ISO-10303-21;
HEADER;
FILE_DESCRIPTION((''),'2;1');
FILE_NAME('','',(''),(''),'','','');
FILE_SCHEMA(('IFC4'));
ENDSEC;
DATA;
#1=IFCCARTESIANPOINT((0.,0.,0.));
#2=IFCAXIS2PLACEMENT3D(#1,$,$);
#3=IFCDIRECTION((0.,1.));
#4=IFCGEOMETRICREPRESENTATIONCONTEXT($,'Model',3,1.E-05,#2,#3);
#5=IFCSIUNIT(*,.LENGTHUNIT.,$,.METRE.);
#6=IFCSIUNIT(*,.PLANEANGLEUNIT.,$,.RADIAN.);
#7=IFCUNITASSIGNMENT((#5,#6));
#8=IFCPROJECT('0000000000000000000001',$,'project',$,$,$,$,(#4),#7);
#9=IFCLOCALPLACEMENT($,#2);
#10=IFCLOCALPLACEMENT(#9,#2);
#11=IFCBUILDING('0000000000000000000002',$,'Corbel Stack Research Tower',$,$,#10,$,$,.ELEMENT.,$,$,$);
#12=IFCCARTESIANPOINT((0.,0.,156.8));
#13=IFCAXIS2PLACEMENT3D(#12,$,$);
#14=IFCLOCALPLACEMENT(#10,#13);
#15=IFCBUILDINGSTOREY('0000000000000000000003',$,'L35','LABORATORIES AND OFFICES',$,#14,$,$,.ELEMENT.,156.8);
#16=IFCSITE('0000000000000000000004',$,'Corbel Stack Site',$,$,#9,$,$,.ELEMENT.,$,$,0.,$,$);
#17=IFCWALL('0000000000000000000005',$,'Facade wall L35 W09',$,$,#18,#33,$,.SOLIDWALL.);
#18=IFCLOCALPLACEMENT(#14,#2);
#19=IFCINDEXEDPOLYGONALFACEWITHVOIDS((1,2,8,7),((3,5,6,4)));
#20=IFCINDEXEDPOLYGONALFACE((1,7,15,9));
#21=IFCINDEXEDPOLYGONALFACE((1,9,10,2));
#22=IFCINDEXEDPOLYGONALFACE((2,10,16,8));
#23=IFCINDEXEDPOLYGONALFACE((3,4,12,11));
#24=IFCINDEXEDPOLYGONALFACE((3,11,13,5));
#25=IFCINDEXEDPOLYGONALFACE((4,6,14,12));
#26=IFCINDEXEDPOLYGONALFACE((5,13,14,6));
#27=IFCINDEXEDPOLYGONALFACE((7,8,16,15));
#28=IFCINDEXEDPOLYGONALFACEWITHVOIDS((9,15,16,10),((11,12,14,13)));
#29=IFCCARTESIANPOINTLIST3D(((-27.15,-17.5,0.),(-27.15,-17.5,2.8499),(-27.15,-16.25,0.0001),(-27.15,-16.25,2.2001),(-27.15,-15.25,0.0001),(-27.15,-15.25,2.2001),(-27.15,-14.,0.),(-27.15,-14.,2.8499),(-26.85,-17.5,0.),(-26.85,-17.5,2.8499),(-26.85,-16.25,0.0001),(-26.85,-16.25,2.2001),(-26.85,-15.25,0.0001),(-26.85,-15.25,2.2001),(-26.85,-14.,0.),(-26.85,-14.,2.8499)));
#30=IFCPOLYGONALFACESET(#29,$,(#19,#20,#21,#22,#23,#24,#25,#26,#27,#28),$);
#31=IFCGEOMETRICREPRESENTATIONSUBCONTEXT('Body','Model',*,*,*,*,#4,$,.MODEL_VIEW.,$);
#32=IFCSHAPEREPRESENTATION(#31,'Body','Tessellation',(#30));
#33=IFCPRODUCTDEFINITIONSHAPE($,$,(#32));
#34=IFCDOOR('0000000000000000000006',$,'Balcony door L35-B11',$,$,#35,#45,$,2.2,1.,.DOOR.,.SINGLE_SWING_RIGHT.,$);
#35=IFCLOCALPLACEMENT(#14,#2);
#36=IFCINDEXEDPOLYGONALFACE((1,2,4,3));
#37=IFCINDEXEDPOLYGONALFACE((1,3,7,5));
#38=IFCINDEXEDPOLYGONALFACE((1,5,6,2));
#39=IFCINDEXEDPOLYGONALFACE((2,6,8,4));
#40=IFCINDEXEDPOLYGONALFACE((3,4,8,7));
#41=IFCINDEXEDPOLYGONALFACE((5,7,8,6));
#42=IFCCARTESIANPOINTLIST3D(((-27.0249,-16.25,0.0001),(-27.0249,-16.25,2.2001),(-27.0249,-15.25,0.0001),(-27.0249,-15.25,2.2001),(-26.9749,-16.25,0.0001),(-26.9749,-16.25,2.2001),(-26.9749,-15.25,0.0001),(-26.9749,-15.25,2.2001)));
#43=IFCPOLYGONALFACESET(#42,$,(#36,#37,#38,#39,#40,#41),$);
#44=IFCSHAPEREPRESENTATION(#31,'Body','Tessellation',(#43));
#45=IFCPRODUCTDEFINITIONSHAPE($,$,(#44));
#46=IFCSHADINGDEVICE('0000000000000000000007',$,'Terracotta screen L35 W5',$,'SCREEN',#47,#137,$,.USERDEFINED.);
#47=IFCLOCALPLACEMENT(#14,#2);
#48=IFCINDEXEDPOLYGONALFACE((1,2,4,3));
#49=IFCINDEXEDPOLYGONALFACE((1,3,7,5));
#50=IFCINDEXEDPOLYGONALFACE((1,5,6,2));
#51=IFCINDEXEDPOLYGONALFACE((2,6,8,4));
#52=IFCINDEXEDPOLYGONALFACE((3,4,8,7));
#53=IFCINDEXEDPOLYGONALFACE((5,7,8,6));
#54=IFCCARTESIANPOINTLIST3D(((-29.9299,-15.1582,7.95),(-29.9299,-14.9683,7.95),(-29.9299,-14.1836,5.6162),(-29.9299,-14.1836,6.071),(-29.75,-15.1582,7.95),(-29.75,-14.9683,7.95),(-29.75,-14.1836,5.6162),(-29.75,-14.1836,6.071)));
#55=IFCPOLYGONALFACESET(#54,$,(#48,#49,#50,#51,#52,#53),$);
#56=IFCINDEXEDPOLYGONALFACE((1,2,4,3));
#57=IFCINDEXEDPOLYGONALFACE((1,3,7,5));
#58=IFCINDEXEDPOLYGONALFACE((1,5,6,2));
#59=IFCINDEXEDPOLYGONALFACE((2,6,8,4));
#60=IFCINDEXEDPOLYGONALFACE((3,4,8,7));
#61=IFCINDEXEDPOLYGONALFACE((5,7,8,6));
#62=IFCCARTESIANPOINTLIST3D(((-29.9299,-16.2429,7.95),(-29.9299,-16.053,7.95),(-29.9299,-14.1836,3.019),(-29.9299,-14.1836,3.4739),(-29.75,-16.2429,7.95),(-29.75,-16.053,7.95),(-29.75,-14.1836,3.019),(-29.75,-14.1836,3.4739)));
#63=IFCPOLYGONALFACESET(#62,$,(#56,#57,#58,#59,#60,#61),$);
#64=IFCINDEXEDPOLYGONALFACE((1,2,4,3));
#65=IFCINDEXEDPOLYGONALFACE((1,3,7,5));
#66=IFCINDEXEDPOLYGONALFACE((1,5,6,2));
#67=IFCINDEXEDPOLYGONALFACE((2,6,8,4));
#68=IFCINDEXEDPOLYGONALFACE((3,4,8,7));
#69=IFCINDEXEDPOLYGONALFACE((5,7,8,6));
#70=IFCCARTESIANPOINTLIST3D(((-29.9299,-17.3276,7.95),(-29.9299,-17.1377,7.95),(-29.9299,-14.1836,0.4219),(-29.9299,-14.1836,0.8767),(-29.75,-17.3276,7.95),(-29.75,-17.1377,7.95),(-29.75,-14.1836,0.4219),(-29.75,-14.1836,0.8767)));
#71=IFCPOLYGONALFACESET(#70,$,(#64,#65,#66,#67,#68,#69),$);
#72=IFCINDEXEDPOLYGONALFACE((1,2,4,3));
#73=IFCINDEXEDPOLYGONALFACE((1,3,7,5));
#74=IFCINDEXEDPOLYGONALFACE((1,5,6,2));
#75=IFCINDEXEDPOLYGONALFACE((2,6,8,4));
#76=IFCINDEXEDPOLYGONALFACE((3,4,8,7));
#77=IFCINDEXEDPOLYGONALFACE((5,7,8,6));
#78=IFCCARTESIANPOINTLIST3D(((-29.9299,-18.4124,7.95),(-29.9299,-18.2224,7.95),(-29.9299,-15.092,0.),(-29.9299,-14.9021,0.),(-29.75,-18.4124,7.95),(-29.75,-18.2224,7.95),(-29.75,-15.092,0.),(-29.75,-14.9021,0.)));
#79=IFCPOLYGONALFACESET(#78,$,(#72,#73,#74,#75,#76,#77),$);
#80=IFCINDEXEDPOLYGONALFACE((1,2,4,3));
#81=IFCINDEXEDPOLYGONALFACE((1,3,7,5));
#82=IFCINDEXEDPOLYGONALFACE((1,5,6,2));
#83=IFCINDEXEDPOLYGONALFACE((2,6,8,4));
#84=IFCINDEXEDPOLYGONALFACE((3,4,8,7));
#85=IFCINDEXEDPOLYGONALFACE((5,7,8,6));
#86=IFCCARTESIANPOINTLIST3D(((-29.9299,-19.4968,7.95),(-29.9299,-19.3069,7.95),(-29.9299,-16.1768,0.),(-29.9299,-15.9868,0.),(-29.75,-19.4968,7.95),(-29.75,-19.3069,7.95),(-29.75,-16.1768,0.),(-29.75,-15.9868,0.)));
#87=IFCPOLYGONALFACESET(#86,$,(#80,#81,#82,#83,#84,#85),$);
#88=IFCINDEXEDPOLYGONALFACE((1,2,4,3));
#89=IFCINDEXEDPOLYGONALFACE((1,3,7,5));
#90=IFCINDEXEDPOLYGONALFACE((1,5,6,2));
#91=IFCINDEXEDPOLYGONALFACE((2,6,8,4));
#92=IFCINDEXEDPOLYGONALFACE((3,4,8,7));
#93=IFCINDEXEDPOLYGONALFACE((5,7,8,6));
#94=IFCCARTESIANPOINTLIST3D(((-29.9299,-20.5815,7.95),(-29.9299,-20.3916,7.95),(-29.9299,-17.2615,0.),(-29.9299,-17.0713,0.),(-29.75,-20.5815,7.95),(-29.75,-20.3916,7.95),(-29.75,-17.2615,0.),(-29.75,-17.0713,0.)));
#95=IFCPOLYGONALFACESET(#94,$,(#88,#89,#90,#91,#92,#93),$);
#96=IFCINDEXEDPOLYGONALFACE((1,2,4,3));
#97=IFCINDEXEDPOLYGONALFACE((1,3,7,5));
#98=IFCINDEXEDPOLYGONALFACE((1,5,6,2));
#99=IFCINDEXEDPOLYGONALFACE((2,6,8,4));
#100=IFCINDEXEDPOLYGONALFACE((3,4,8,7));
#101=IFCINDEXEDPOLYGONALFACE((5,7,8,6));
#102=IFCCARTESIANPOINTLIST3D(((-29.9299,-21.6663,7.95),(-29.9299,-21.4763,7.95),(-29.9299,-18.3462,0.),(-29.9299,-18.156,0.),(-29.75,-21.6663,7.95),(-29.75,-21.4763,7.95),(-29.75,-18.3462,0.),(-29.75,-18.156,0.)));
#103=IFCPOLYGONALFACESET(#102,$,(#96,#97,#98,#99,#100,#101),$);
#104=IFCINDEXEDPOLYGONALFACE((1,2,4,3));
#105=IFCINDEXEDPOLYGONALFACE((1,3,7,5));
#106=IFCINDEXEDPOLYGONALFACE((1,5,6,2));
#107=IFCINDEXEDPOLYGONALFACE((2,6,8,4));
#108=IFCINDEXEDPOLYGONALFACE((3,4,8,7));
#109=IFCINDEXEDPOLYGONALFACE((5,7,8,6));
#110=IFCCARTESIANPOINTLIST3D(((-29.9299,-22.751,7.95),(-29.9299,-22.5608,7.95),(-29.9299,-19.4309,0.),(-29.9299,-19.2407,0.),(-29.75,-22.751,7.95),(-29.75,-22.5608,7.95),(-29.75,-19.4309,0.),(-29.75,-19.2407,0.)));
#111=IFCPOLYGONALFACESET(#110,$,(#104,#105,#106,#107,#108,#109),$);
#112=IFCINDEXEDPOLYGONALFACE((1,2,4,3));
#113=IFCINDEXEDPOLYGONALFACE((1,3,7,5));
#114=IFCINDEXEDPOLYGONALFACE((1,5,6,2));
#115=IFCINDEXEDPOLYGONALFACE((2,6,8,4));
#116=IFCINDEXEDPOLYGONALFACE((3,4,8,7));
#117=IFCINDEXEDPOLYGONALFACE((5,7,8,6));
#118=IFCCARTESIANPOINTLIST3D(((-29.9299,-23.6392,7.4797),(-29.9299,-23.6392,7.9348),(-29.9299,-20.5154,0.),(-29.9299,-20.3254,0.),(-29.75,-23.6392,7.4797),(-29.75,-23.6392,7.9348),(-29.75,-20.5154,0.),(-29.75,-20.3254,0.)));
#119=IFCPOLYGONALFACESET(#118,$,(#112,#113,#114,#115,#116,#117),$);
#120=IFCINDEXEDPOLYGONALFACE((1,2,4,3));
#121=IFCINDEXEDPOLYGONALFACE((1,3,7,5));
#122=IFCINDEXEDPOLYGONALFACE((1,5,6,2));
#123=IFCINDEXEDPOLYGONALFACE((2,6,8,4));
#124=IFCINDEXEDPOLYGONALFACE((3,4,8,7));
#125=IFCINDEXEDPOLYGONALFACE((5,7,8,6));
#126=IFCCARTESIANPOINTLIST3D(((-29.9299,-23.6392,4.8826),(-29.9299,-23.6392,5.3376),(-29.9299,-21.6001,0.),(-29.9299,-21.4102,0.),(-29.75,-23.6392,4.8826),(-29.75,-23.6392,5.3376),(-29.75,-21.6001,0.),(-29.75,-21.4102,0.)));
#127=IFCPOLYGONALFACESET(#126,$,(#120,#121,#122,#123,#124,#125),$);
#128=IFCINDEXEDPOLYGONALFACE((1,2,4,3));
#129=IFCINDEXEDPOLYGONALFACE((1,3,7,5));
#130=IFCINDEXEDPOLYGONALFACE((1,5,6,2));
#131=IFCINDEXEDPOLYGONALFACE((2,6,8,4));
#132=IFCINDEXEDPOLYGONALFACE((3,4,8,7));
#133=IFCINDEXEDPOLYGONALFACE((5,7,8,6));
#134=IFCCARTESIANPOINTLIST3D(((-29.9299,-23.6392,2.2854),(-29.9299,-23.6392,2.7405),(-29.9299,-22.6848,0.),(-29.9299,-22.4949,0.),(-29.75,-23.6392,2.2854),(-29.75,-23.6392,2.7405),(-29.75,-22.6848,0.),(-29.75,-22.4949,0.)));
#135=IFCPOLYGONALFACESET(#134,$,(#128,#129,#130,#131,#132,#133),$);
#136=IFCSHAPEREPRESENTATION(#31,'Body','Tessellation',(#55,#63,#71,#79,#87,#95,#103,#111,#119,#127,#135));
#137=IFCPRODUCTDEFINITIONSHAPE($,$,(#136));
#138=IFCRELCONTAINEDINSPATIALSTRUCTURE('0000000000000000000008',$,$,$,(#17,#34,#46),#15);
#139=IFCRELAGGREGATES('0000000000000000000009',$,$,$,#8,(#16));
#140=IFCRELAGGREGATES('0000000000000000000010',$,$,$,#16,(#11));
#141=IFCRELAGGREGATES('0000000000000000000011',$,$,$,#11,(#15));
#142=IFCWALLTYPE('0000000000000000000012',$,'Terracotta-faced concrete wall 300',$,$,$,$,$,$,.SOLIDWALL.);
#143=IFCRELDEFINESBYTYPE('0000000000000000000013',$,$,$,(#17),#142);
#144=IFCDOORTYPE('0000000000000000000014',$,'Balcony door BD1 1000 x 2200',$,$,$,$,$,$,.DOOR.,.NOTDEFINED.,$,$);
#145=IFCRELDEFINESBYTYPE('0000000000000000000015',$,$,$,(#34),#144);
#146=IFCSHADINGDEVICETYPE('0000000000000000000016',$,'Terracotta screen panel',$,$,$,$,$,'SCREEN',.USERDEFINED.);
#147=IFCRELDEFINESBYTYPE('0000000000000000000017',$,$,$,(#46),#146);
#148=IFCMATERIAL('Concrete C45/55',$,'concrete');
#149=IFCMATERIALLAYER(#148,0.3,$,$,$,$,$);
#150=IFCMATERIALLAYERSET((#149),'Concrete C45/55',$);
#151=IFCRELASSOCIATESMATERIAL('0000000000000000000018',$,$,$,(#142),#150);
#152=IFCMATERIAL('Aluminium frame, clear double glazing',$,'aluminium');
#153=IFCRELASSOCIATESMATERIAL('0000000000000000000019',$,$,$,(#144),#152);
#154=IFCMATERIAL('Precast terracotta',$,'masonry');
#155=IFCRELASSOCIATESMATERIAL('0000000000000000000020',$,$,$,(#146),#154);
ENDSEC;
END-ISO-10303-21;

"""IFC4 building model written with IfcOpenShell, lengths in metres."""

from ifc_helpers import new_model, si_unit, direction, frame, frame_2d, origin, place, context, subcontext, project, spatial, polyline, rectangle, outline, extrude, source, transform, mapped, material, layer, layer_set, type_object, element, fill, save


model = new_model("IFC4")

# Units and contexts
model_context = context("Model", 3, precision=1e-05, world=origin(), true_north=direction((0.0, 1.0)))
body_context = subcontext(model_context, "Body", "Model", "MODEL_VIEW")
ifc_project = project(units=[si_unit("LENGTHUNIT", "METRE"), si_unit("PLANEANGLEUNIT", "RADIAN")], contexts=[model_context])

# Site, building, storey
site_placement = place(None, origin())
site = spatial("IfcSite", under=ifc_project, at=site_placement, Name="Corbel Stack Site", CompositionType="ELEMENT", RefElevation=0.0)
building_placement = place(site_placement, origin())
building = spatial("IfcBuilding", under=site, at=building_placement, Name="Corbel Stack Research Tower", CompositionType="ELEMENT")
storey_placement = place(building_placement, frame((0.0, 0.0, 156.8)))
storey = spatial("IfcBuildingStorey", under=building, at=storey_placement, Name="L35", Description="LABORATORIES AND OFFICES", CompositionType="ELEMENT", Elevation=156.8)

# Shared definitions
ifc_material_1 = material(Name="Concrete C45/55", Category="concrete")
ifc_layer_1 = layer(ifc_material_1, 0.3)
ifc_layer_set_1 = layer_set([ifc_layer_1], Name="Concrete C45/55")
wall_type_1 = type_object("IfcWallType", Name="Terracotta-faced concrete wall 300", PredefinedType="SOLIDWALL", material=ifc_layer_set_1)

# Wall, opening, door
wall_1_placement = place(storey_placement, frame((-27.0, -17.5, 0.0), z_axis=(0.0, 0.0, 1.0), x_axis=(0.0, 1.0, 0.0)))
wall_1 = element("IfcWall", 1, at=wall_1_placement, inside=storey, type_object=wall_type_1, Name="Facade wall L35 W09", PredefinedType="SOLIDWALL", context=body_context, shape_type="SweptSolid", body=[
    extrude(rectangle(XDim=3.5, YDim=0.3, at=frame_2d((1.75, 0.0))), origin(), (0.0, 0.0, 1.0), 2.8499),
])
opening_1_placement = place(wall_1_placement, frame((1.25, 0.0, 0.0)))
opening_1 = element("IfcOpeningElement", 2, at=opening_1_placement, cuts=wall_1, PredefinedType="OPENING", context=body_context, shape_type="SweptSolid", body=[
    extrude(rectangle(XDim=1.0, YDim=2.2, at=frame_2d((0.5, 1.1001))), frame((0.0, 0.1599, 0.0), z_axis=(0.0, -1.0, 0.0), x_axis=(1.0, 0.0, 0.0)), (0.0, 0.0, 1.0), 0.3201),
])
ifc_material_2 = material(Name="Aluminium frame, clear double glazing", Category="aluminium")
door_type_1 = type_object("IfcDoorType", Name="Balcony door BD1 1000 x 2200", OperationType="NOTDEFINED", PredefinedType="DOOR", material=ifc_material_2)
door_1_placement = place(opening_1_placement, origin())
door_1 = element("IfcDoor", 3, at=door_1_placement, inside=storey, type_object=door_type_1, Name="Balcony door L35-B11", OperationType="SINGLE_SWING_RIGHT", OverallHeight=2.2, OverallWidth=1.0, PredefinedType="DOOR", context=body_context, shape_type="SweptSolid", body=[
    extrude(rectangle(XDim=1.0, YDim=2.2, at=frame_2d((0.5, 1.1001))), frame((0.0, 0.0249, 0.0), z_axis=(0.0, -1.0, 0.0), x_axis=(1.0, 0.0, 0.0)), (0.0, 0.0, 1.0), 0.05),
])
fill(opening_1, door_1)

# Shading device
ifc_material_3 = material(Name="Precast terracotta", Category="masonry")
shading_device_type = type_object("IfcShadingDeviceType", Name="Terracotta screen panel", ElementType="SCREEN", PredefinedType="USERDEFINED", material=ifc_material_3)
shared_shape_1 = source(origin(), body_context, "Body", "SweptSolid", [
    extrude(outline(polyline([(0.9746, 7.95), (0.7847, 7.95), (0.0, 6.071), (0.0, 5.6162), (0.9746, 7.95)])), frame((0.0, 0.0, 0.0), z_axis=(0.0, -1.0, 0.0), x_axis=(1.0, 0.0, 0.0)), (0.0, 0.0, 1.0), 0.1799),
    extrude(outline(polyline([(2.0593, 7.95), (1.8694, 7.95), (0.0, 3.4739), (0.0, 3.019), (2.0593, 7.95)])), frame((0.0, 0.0, 0.0), z_axis=(0.0, -1.0, 0.0), x_axis=(1.0, 0.0, 0.0)), (0.0, 0.0, 1.0), 0.1799),
    extrude(outline(polyline([(3.144, 7.95), (2.9541, 7.95), (0.0, 0.8767), (0.0, 0.4219), (3.144, 7.95)])), frame((0.0, 0.0, 0.0), z_axis=(0.0, -1.0, 0.0), x_axis=(1.0, 0.0, 0.0)), (0.0, 0.0, 1.0), 0.1799),
    extrude(outline(polyline([(0.9084, 0.0), (4.2288, 7.95), (4.0388, 7.95), (0.7185, 0.0), (0.9084, 0.0)])), frame((0.0, 0.0, 0.0), z_axis=(0.0, -1.0, 0.0), x_axis=(1.0, 0.0, 0.0)), (0.0, 0.0, 1.0), 0.1799),
    extrude(outline(polyline([(1.9932, 0.0), (5.3132, 7.95), (5.1233, 7.95), (1.8032, 0.0), (1.9932, 0.0)])), frame((0.0, 0.0, 0.0), z_axis=(0.0, -1.0, 0.0), x_axis=(1.0, 0.0, 0.0)), (0.0, 0.0, 1.0), 0.1799),
    extrude(outline(polyline([(3.0779, 0.0), (6.3979, 7.95), (6.208, 7.95), (2.8877, 0.0), (3.0779, 0.0)])), frame((0.0, 0.0, 0.0), z_axis=(0.0, -1.0, 0.0), x_axis=(1.0, 0.0, 0.0)), (0.0, 0.0, 1.0), 0.1799),
    extrude(outline(polyline([(4.1626, 0.0), (7.4827, 7.95), (7.2927, 7.95), (3.9724, 0.0), (4.1626, 0.0)])), frame((0.0, 0.0, 0.0), z_axis=(0.0, -1.0, 0.0), x_axis=(1.0, 0.0, 0.0)), (0.0, 0.0, 1.0), 0.1799),
    extrude(outline(polyline([(5.2473, 0.0), (8.5674, 7.95), (8.3772, 7.95), (5.0571, 0.0), (5.2473, 0.0)])), frame((0.0, 0.0, 0.0), z_axis=(0.0, -1.0, 0.0), x_axis=(1.0, 0.0, 0.0)), (0.0, 0.0, 1.0), 0.1799),
    extrude(outline(polyline([(6.3318, 0.0), (9.4556, 7.4797), (9.4556, 7.9348), (6.1418, 0.0), (6.3318, 0.0)])), frame((0.0, 0.0, 0.0), z_axis=(0.0, -1.0, 0.0), x_axis=(1.0, 0.0, 0.0)), (0.0, 0.0, 1.0), 0.1799),
    extrude(outline(polyline([(7.4165, 0.0), (9.4556, 4.8826), (9.4556, 5.3376), (7.2266, 0.0), (7.4165, 0.0)])), frame((0.0, 0.0, 0.0), z_axis=(0.0, -1.0, 0.0), x_axis=(1.0, 0.0, 0.0)), (0.0, 0.0, 1.0), 0.1799),
    extrude(outline(polyline([(8.5012, 0.0), (9.4556, 2.2854), (9.4556, 2.7405), (8.3113, 0.0), (8.5012, 0.0)])), frame((0.0, 0.0, 0.0), z_axis=(0.0, -1.0, 0.0), x_axis=(1.0, 0.0, 0.0)), (0.0, 0.0, 1.0), 0.1799),
])
shading_device_1_placement = place(storey_placement, frame((-29.75, -14.1836, 0.0), z_axis=(0.0, 0.0, 1.0), x_axis=(0.0, -1.0, 0.0)))
element("IfcShadingDevice", 4, at=shading_device_1_placement, inside=storey, type_object=shading_device_type, Name="Terracotta screen L35 W5", ObjectType="SCREEN", PredefinedType="USERDEFINED", context=body_context, shape_type="MappedRepresentation", body=[
    mapped(shared_shape_1, transform((0.0, 0.0, 0.0))),
])

save(model, "model.ifc")
